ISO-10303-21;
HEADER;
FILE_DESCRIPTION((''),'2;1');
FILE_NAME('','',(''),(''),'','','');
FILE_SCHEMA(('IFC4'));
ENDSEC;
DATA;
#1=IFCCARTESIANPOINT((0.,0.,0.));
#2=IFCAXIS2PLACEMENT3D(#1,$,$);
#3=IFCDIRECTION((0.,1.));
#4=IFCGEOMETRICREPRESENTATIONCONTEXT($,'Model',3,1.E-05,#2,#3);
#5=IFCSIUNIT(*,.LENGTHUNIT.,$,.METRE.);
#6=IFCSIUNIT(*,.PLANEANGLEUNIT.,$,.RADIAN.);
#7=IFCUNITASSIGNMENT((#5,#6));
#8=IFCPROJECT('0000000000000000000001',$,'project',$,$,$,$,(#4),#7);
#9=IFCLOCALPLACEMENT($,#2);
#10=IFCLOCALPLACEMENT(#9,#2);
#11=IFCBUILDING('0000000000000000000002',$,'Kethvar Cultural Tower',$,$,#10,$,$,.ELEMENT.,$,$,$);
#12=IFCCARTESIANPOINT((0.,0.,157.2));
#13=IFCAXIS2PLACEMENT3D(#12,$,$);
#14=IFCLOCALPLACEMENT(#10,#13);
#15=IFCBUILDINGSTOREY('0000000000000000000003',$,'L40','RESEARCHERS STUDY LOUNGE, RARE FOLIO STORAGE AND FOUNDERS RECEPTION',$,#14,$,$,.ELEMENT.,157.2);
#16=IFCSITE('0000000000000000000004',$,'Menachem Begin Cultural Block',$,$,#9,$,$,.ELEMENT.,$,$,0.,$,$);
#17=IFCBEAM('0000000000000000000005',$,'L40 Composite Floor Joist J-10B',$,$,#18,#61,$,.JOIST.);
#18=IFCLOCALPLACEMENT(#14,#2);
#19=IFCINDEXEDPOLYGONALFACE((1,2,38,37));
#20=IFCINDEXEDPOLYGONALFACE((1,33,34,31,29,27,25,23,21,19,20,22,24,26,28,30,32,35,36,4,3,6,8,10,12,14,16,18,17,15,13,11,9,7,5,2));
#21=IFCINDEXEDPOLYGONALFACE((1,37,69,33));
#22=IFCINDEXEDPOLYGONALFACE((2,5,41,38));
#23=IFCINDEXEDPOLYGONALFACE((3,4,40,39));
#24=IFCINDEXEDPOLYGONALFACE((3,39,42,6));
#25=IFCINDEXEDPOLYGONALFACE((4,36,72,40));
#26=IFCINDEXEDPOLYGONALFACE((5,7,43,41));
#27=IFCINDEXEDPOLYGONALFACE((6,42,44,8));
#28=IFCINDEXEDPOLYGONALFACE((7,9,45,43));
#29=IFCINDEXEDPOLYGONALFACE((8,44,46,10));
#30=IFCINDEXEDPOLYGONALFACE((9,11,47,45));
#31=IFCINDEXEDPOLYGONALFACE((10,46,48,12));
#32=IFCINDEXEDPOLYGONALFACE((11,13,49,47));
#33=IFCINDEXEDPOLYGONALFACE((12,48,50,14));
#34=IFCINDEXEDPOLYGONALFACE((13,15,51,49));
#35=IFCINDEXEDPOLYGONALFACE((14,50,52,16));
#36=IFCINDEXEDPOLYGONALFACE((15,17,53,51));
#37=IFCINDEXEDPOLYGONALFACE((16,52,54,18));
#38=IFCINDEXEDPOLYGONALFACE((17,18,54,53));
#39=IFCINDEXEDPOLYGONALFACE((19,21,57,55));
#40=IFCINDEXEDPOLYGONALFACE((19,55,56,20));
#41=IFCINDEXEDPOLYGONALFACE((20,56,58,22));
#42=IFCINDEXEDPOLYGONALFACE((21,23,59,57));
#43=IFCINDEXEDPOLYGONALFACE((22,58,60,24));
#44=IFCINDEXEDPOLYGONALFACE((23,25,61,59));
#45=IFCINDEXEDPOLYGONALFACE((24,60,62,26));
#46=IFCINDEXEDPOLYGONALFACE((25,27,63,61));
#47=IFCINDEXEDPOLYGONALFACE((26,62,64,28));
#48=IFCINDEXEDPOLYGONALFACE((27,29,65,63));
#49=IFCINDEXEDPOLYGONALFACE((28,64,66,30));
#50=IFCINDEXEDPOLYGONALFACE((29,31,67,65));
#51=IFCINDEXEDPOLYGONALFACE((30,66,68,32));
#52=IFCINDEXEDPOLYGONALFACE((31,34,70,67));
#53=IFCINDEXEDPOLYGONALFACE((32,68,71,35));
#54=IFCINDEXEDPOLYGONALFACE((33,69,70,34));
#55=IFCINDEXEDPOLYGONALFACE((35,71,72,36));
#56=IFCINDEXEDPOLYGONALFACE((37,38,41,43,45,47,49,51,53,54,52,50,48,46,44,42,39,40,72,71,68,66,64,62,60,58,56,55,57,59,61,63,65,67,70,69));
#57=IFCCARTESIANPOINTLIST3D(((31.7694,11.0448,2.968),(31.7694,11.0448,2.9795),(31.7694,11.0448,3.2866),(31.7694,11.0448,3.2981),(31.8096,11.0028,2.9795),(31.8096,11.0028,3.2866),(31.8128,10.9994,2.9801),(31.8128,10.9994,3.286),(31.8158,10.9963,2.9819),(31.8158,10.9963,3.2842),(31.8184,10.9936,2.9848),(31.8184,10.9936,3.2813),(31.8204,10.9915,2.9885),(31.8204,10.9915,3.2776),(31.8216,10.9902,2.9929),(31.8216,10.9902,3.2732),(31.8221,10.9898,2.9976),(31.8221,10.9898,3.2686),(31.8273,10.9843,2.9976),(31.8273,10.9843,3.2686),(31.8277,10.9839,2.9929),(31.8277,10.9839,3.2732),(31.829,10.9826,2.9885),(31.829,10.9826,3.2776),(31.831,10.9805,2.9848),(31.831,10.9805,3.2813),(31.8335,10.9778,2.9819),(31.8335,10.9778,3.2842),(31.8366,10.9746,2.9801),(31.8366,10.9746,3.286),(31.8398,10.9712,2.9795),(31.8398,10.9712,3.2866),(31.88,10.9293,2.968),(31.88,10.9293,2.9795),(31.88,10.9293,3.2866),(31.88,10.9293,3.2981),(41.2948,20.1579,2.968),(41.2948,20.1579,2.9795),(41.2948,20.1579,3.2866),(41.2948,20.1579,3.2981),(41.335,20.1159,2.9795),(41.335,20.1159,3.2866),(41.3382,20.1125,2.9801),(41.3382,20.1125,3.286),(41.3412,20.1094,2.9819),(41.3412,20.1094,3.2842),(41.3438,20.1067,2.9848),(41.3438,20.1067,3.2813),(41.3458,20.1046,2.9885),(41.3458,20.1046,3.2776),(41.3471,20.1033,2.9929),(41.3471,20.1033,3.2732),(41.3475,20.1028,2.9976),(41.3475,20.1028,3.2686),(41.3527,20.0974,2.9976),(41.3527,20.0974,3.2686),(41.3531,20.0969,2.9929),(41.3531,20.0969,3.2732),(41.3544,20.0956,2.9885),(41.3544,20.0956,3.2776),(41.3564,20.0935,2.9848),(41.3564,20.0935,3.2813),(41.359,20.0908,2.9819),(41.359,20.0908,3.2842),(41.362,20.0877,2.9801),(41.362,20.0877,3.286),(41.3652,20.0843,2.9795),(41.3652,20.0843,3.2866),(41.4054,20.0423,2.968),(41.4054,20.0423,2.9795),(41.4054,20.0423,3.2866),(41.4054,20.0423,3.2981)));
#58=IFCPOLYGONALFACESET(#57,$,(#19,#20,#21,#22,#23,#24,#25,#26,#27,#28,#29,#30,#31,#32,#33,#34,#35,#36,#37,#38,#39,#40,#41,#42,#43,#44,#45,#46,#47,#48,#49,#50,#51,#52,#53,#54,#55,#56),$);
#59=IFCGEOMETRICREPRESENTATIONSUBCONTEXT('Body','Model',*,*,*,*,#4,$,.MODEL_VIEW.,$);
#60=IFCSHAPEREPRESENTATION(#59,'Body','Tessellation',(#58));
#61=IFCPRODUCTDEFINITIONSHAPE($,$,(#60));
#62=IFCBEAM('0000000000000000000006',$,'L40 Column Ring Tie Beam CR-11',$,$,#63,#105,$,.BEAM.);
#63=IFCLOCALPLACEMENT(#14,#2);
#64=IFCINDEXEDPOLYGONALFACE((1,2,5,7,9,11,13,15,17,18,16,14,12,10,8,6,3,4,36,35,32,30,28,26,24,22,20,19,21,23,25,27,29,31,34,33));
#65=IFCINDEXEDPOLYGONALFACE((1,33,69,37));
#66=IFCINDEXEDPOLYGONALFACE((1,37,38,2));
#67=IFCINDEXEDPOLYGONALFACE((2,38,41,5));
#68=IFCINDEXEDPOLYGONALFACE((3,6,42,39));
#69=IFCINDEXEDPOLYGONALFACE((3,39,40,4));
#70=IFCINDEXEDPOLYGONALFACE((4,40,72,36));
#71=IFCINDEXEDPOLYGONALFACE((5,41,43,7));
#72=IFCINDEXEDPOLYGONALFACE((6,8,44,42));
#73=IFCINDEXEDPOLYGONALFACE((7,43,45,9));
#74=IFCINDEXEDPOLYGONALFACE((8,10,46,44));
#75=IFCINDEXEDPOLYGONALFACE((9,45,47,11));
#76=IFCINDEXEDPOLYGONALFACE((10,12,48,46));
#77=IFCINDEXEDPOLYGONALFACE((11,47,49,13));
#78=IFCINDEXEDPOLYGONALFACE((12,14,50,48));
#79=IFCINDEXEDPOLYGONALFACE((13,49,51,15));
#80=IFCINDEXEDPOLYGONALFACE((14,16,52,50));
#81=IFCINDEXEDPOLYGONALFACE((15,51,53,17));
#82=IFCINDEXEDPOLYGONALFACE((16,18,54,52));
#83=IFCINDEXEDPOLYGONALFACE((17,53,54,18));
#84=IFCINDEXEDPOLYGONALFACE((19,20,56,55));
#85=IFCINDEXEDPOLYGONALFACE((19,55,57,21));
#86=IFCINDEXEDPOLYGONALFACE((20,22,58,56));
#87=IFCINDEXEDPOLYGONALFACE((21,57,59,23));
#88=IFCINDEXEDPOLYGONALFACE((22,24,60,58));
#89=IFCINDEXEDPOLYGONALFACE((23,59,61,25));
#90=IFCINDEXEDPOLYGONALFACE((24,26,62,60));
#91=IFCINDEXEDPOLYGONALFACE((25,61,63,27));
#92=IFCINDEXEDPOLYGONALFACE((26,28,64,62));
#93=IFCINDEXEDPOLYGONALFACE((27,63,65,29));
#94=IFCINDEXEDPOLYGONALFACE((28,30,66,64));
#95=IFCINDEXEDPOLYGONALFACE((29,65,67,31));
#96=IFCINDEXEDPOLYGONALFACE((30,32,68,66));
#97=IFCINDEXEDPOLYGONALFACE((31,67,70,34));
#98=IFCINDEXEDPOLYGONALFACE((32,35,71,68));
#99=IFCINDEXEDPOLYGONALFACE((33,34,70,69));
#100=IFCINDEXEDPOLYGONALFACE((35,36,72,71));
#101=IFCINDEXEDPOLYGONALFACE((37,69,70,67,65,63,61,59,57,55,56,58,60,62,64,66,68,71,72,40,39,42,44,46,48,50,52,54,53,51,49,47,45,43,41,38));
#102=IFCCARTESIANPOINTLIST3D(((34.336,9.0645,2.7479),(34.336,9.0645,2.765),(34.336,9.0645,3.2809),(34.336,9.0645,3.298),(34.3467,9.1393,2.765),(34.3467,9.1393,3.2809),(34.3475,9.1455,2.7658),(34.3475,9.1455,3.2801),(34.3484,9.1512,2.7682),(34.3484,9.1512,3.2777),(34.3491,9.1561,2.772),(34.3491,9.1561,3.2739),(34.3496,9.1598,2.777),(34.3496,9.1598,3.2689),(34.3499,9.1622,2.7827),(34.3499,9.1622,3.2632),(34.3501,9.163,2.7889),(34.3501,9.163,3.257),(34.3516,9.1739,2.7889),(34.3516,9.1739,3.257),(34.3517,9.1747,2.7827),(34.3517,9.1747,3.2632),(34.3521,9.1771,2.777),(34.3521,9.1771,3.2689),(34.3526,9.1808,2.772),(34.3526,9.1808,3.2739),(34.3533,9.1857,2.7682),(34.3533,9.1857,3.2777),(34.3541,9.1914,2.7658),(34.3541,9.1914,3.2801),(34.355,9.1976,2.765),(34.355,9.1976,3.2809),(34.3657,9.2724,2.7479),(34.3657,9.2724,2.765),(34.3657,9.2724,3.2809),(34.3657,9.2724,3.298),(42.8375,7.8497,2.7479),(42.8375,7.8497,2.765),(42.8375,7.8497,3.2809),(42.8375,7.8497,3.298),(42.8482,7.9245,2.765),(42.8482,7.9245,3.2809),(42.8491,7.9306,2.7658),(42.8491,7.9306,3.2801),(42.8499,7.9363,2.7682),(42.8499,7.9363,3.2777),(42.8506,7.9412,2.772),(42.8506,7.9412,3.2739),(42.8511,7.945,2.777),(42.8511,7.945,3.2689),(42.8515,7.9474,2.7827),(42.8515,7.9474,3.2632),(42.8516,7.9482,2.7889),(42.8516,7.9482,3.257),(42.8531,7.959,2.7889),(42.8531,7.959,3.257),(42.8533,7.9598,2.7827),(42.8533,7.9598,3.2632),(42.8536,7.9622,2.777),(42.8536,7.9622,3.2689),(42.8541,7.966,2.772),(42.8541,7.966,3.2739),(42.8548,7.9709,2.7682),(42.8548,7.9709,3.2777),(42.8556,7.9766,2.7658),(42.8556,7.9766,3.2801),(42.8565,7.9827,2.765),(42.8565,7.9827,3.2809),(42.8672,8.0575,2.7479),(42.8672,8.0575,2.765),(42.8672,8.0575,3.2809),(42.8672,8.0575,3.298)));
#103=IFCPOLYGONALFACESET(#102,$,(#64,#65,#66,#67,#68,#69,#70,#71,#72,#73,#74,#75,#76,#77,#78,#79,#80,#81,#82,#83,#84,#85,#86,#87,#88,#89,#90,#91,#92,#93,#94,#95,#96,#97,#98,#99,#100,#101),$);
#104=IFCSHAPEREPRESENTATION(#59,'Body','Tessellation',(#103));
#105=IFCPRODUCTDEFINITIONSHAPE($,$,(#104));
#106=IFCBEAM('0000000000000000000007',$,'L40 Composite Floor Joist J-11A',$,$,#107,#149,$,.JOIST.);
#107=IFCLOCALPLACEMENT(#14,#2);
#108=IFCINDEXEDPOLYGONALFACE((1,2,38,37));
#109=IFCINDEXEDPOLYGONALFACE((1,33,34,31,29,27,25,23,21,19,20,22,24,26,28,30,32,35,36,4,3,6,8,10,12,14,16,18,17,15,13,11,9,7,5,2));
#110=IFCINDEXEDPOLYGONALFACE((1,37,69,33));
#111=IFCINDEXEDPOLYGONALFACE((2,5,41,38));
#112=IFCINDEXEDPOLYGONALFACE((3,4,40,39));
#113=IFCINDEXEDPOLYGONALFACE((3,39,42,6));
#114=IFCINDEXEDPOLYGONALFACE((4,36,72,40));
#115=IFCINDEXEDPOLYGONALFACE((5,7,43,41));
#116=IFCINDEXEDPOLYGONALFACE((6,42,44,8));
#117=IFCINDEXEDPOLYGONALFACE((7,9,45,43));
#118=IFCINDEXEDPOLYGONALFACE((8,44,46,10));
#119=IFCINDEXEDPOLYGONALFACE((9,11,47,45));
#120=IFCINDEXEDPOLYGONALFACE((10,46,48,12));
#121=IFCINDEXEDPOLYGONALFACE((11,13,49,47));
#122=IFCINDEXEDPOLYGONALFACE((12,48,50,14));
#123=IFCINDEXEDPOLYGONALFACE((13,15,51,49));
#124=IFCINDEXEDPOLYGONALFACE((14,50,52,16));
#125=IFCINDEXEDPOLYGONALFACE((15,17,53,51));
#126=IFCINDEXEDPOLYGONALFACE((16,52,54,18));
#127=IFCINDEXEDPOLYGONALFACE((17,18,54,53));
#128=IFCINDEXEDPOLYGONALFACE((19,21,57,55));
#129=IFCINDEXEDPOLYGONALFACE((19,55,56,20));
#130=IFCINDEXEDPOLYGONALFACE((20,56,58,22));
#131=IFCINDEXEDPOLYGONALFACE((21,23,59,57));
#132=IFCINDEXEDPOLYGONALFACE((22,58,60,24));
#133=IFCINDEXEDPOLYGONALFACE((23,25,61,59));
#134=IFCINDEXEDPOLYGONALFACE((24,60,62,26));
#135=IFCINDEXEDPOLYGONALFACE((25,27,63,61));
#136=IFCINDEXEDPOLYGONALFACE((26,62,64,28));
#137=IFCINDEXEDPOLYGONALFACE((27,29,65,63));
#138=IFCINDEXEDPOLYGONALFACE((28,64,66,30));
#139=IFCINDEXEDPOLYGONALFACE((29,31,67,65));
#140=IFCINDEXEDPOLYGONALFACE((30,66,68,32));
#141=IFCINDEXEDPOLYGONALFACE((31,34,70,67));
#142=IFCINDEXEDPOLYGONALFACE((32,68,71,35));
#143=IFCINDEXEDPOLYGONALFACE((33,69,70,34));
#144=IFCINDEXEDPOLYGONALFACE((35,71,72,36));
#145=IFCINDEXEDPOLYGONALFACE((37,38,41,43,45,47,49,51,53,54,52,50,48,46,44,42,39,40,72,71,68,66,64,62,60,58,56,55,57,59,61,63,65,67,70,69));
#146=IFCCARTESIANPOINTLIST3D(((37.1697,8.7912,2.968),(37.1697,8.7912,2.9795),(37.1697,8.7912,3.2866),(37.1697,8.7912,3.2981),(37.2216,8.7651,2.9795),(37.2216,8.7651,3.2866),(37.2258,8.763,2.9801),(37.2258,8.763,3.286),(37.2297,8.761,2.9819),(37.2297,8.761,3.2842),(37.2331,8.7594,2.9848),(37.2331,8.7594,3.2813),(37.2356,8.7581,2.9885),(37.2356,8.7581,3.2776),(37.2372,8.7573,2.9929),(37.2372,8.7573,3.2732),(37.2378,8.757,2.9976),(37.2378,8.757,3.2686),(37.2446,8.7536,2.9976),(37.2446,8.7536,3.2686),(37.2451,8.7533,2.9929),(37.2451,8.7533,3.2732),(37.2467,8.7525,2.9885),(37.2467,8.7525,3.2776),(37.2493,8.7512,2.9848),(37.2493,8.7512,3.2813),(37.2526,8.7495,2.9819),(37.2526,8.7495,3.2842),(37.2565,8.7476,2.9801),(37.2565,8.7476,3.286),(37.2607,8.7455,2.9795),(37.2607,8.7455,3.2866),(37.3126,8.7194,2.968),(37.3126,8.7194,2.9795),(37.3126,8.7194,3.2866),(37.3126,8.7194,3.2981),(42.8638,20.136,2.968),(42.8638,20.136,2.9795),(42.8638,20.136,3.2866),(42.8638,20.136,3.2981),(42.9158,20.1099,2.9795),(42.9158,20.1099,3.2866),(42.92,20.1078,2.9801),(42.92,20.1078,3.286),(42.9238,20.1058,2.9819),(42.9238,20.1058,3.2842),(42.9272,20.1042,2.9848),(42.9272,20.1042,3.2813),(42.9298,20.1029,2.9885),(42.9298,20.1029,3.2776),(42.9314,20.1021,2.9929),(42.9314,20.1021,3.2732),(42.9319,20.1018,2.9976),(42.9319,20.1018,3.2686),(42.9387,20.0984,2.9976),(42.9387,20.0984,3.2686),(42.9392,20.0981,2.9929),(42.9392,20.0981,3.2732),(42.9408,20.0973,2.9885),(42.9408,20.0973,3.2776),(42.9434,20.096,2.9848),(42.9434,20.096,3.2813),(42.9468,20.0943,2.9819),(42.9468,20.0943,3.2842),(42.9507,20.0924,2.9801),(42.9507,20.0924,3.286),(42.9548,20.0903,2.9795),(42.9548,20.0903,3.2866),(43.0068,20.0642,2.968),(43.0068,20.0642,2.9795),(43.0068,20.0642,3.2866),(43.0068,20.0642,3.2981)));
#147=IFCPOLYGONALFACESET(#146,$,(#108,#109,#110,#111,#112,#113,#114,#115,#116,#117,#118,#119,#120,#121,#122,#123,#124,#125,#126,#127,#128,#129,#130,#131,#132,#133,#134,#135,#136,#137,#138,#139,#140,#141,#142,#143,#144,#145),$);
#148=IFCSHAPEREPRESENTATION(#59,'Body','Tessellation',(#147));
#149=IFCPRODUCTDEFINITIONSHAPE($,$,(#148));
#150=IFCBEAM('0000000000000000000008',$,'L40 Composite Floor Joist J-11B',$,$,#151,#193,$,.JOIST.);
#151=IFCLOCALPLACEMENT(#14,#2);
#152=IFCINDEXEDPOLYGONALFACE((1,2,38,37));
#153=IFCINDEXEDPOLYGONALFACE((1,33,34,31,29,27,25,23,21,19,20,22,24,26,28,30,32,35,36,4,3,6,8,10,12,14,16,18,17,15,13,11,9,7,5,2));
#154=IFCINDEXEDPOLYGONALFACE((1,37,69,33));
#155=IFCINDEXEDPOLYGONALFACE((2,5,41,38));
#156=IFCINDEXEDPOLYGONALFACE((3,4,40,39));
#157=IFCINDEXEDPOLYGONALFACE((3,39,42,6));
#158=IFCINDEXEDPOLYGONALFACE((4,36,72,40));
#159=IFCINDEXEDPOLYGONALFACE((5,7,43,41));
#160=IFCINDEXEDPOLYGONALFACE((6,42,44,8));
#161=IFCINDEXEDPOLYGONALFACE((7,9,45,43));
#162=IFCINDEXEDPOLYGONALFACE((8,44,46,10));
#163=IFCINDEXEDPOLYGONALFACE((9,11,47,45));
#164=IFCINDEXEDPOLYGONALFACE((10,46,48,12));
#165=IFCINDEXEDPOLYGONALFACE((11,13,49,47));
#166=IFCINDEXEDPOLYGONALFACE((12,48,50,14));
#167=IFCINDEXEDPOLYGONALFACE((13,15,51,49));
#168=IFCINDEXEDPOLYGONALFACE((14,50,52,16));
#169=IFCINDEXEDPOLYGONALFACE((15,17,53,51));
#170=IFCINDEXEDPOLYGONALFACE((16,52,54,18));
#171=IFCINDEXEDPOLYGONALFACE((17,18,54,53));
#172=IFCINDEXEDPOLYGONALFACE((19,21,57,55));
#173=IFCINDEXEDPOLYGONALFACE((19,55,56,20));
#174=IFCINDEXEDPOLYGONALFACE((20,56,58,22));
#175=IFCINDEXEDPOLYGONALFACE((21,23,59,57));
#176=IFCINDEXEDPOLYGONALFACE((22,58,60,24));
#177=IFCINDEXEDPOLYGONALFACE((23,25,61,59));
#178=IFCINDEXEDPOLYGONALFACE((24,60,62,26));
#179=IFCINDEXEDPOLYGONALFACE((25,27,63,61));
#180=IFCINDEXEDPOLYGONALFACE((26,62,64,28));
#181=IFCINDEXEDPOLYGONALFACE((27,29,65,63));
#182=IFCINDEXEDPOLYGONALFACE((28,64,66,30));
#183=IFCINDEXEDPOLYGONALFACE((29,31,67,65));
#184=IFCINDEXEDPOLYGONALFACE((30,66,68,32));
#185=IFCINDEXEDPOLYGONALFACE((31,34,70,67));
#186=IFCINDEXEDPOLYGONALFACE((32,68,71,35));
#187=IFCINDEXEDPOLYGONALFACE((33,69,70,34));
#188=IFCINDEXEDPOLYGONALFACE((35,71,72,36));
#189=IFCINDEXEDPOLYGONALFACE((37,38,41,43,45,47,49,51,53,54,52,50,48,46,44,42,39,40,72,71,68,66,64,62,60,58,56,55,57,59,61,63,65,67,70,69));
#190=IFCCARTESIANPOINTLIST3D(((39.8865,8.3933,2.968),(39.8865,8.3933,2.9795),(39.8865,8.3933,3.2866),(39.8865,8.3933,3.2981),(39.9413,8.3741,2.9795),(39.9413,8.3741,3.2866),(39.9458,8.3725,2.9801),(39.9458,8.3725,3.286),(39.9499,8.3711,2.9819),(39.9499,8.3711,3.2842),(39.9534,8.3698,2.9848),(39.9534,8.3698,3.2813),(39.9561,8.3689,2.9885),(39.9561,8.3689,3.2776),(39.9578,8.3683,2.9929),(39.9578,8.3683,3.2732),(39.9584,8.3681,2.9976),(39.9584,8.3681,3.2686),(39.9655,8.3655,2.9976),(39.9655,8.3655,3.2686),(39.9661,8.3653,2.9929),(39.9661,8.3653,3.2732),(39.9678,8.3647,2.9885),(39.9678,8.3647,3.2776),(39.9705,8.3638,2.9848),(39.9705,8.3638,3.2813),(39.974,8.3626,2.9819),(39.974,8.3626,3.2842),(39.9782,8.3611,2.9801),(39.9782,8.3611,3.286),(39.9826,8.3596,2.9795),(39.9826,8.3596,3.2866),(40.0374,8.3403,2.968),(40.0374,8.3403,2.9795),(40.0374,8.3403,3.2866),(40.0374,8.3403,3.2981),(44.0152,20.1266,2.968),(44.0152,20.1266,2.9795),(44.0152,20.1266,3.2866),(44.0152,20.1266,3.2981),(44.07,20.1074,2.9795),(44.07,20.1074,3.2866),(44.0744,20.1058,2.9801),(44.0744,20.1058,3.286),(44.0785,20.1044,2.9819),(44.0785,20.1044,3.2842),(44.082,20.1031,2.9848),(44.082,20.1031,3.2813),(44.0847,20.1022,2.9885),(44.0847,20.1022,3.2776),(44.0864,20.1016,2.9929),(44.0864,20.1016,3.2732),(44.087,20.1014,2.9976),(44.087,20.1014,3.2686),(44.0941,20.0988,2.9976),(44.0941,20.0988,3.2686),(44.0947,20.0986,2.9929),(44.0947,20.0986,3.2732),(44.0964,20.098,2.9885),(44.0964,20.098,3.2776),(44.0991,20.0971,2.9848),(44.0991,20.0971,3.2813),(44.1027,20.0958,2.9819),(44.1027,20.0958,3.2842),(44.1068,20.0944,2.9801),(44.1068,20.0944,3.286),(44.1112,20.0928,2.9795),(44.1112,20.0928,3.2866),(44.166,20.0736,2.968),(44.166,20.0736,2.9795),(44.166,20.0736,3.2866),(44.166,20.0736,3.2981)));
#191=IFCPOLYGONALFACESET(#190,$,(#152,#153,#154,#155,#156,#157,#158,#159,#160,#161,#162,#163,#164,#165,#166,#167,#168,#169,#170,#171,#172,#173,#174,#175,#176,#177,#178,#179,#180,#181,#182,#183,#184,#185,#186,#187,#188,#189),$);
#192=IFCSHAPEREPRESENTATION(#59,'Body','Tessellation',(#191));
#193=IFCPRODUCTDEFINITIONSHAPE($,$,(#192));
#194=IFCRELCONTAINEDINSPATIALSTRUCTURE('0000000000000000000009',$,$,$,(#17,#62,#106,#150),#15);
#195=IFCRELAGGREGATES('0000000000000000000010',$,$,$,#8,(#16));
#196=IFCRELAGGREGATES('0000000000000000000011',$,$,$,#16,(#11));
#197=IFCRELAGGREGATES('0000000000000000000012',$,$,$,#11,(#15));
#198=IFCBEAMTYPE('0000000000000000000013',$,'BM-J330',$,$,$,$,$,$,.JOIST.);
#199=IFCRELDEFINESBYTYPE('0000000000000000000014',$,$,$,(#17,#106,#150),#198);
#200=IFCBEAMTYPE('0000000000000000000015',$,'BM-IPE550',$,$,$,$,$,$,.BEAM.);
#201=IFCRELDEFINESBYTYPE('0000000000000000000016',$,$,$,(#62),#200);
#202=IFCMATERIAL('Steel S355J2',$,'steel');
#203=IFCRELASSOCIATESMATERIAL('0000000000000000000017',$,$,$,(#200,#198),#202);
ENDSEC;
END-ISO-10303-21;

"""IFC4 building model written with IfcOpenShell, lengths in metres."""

from ifc_helpers import new_model, si_unit, direction, frame, origin, origin_2d, place, context, subcontext, project, spatial, i_section, extrude, source, transform, mapped, material, material_profile, profile_set, type_object, element, save


model = new_model("IFC4")

# Units and contexts
model_context = context("Model", 3, precision=1e-05, world=origin(), true_north=direction((0.0, 1.0)))
body_context = subcontext(model_context, "Body", "Model", "MODEL_VIEW")
ifc_project = project(units=[si_unit("LENGTHUNIT", "METRE"), si_unit("PLANEANGLEUNIT", "RADIAN")], contexts=[model_context])

# Site, building, storey
site_placement = place(None, origin())
site = spatial("IfcSite", under=ifc_project, at=site_placement, Name="Menachem Begin Cultural Block", CompositionType="ELEMENT", RefElevation=0.0)
building_placement = place(site_placement, origin())
building = spatial("IfcBuilding", under=site, at=building_placement, Name="Kethvar Cultural Tower", CompositionType="ELEMENT")
storey_placement = place(building_placement, frame((0.0, 0.0, 157.2)))
storey = spatial("IfcBuildingStorey", under=building, at=storey_placement, Name="L40", Description="RESEARCHERS STUDY LOUNGE, RARE FOLIO STORAGE AND FOUNDERS RECEPTION", CompositionType="ELEMENT", Elevation=157.2)

# Beams
ifc_material_1 = material(Name="Steel S355J2", Category="steel")
ifc_material_profile_1 = material_profile(ifc_material_1, i_section(OverallWidth=0.21, OverallDepth=0.55, WebThickness=0.011, FlangeThickness=0.0171, FilletRadius=0.0239, at=origin_2d()), Name="Steel S355J2 — IPE550")
ifc_profile_set_1 = profile_set([ifc_material_profile_1], Name="Steel S355J2 — IPE550")
beam_type_1 = type_object("IfcBeamType", Name="BM-IPE550", PredefinedType="BEAM", material=ifc_profile_set_1)
ifc_material_profile_2 = material_profile(ifc_material_1, i_section(OverallWidth=0.1599, OverallDepth=0.3301, WebThickness=0.0076, FlangeThickness=0.0115, FilletRadius=0.0181, at=origin_2d()), Name="Steel S355J2 — IPE330")
ifc_profile_set_2 = profile_set([ifc_material_profile_2], Name="Steel S355J2 — IPE330")
beam_type_2 = type_object("IfcBeamType", Name="BM-J330", PredefinedType="JOIST", material=ifc_profile_set_2)
shared_shape_1 = source(origin(), body_context, "Body", "SweptSolid", [
    extrude(i_section(OverallWidth=0.1599, OverallDepth=0.3301, WebThickness=0.0076, FlangeThickness=0.0115, FilletRadius=0.0181, at=origin_2d()), origin(), (0.0, 0.0, 1.0), 13.1826),
])
beam_1_placement = place(storey_placement, frame((41.3501, 20.1001, 3.1331), z_axis=(-0.722574, -0.691294, 0.0), x_axis=(0.691294, -0.722574, 0.0)))
element("IfcBeam", 1, at=beam_1_placement, inside=storey, type_object=beam_type_2, Name="L40 Composite Floor Joist J-10B", PredefinedType="JOIST", context=body_context, shape_type="MappedRepresentation", body=[
    mapped(shared_shape_1, transform((0.0, 0.0, 0.0), scale=1.0)),
])
shared_shape_2 = source(origin(), body_context, "Body", "SweptSolid", [
    extrude(i_section(OverallWidth=0.21, OverallDepth=0.55, WebThickness=0.011, FlangeThickness=0.0171, FilletRadius=0.0239, at=origin_2d()), origin(), (0.0, 0.0, 1.0), 8.5879),
])
beam_2_placement = place(storey_placement, frame((34.3508, 9.1685, 3.0229), z_axis=(0.989944, -0.141461, 0.0), x_axis=(0.141461, 0.989944, 0.0)))
element("IfcBeam", 2, at=beam_2_placement, inside=storey, type_object=beam_type_1, Name="L40 Column Ring Tie Beam CR-11", PredefinedType="BEAM", context=body_context, shape_type="MappedRepresentation", body=[
    mapped(shared_shape_2, transform((0.0, 0.0, 0.0), scale=1.0)),
])
shared_shape_3 = source(origin(), body_context, "Body", "SweptSolid", [
    extrude(i_section(OverallWidth=0.1599, OverallDepth=0.3301, WebThickness=0.0076, FlangeThickness=0.0115, FilletRadius=0.0181, at=origin_2d()), origin(), (0.0, 0.0, 1.0), 12.6936),
])
beam_3_placement = place(storey_placement, frame((42.9353, 20.1001, 3.1331), z_axis=(-0.448582, -0.893741, 0.0), x_axis=(0.893741, -0.448582, 0.0)))
element("IfcBeam", 3, at=beam_3_placement, inside=storey, type_object=beam_type_2, Name="L40 Composite Floor Joist J-11A", PredefinedType="JOIST", context=body_context, shape_type="MappedRepresentation", body=[
    mapped(shared_shape_3, transform((0.0, 0.0, 0.0), scale=1.0)),
])
shared_shape_4 = source(origin(), body_context, "Body", "SweptSolid", [
    extrude(i_section(OverallWidth=0.1599, OverallDepth=0.3301, WebThickness=0.0076, FlangeThickness=0.0115, FilletRadius=0.0181, at=origin_2d()), origin(), (0.0, 0.0, 1.0), 12.4385),
])
beam_4_placement = place(storey_placement, frame((44.0906, 20.1001, 3.1331), z_axis=(-0.331924, -0.943306, 0.0), x_axis=(0.943306, -0.331924, 0.0)))
element("IfcBeam", 4, at=beam_4_placement, inside=storey, type_object=beam_type_2, Name="L40 Composite Floor Joist J-11B", PredefinedType="JOIST", context=body_context, shape_type="MappedRepresentation", body=[
    mapped(shared_shape_4, transform((0.0, 0.0, 0.0), scale=1.0)),
])

save(model, "model.ifc")
